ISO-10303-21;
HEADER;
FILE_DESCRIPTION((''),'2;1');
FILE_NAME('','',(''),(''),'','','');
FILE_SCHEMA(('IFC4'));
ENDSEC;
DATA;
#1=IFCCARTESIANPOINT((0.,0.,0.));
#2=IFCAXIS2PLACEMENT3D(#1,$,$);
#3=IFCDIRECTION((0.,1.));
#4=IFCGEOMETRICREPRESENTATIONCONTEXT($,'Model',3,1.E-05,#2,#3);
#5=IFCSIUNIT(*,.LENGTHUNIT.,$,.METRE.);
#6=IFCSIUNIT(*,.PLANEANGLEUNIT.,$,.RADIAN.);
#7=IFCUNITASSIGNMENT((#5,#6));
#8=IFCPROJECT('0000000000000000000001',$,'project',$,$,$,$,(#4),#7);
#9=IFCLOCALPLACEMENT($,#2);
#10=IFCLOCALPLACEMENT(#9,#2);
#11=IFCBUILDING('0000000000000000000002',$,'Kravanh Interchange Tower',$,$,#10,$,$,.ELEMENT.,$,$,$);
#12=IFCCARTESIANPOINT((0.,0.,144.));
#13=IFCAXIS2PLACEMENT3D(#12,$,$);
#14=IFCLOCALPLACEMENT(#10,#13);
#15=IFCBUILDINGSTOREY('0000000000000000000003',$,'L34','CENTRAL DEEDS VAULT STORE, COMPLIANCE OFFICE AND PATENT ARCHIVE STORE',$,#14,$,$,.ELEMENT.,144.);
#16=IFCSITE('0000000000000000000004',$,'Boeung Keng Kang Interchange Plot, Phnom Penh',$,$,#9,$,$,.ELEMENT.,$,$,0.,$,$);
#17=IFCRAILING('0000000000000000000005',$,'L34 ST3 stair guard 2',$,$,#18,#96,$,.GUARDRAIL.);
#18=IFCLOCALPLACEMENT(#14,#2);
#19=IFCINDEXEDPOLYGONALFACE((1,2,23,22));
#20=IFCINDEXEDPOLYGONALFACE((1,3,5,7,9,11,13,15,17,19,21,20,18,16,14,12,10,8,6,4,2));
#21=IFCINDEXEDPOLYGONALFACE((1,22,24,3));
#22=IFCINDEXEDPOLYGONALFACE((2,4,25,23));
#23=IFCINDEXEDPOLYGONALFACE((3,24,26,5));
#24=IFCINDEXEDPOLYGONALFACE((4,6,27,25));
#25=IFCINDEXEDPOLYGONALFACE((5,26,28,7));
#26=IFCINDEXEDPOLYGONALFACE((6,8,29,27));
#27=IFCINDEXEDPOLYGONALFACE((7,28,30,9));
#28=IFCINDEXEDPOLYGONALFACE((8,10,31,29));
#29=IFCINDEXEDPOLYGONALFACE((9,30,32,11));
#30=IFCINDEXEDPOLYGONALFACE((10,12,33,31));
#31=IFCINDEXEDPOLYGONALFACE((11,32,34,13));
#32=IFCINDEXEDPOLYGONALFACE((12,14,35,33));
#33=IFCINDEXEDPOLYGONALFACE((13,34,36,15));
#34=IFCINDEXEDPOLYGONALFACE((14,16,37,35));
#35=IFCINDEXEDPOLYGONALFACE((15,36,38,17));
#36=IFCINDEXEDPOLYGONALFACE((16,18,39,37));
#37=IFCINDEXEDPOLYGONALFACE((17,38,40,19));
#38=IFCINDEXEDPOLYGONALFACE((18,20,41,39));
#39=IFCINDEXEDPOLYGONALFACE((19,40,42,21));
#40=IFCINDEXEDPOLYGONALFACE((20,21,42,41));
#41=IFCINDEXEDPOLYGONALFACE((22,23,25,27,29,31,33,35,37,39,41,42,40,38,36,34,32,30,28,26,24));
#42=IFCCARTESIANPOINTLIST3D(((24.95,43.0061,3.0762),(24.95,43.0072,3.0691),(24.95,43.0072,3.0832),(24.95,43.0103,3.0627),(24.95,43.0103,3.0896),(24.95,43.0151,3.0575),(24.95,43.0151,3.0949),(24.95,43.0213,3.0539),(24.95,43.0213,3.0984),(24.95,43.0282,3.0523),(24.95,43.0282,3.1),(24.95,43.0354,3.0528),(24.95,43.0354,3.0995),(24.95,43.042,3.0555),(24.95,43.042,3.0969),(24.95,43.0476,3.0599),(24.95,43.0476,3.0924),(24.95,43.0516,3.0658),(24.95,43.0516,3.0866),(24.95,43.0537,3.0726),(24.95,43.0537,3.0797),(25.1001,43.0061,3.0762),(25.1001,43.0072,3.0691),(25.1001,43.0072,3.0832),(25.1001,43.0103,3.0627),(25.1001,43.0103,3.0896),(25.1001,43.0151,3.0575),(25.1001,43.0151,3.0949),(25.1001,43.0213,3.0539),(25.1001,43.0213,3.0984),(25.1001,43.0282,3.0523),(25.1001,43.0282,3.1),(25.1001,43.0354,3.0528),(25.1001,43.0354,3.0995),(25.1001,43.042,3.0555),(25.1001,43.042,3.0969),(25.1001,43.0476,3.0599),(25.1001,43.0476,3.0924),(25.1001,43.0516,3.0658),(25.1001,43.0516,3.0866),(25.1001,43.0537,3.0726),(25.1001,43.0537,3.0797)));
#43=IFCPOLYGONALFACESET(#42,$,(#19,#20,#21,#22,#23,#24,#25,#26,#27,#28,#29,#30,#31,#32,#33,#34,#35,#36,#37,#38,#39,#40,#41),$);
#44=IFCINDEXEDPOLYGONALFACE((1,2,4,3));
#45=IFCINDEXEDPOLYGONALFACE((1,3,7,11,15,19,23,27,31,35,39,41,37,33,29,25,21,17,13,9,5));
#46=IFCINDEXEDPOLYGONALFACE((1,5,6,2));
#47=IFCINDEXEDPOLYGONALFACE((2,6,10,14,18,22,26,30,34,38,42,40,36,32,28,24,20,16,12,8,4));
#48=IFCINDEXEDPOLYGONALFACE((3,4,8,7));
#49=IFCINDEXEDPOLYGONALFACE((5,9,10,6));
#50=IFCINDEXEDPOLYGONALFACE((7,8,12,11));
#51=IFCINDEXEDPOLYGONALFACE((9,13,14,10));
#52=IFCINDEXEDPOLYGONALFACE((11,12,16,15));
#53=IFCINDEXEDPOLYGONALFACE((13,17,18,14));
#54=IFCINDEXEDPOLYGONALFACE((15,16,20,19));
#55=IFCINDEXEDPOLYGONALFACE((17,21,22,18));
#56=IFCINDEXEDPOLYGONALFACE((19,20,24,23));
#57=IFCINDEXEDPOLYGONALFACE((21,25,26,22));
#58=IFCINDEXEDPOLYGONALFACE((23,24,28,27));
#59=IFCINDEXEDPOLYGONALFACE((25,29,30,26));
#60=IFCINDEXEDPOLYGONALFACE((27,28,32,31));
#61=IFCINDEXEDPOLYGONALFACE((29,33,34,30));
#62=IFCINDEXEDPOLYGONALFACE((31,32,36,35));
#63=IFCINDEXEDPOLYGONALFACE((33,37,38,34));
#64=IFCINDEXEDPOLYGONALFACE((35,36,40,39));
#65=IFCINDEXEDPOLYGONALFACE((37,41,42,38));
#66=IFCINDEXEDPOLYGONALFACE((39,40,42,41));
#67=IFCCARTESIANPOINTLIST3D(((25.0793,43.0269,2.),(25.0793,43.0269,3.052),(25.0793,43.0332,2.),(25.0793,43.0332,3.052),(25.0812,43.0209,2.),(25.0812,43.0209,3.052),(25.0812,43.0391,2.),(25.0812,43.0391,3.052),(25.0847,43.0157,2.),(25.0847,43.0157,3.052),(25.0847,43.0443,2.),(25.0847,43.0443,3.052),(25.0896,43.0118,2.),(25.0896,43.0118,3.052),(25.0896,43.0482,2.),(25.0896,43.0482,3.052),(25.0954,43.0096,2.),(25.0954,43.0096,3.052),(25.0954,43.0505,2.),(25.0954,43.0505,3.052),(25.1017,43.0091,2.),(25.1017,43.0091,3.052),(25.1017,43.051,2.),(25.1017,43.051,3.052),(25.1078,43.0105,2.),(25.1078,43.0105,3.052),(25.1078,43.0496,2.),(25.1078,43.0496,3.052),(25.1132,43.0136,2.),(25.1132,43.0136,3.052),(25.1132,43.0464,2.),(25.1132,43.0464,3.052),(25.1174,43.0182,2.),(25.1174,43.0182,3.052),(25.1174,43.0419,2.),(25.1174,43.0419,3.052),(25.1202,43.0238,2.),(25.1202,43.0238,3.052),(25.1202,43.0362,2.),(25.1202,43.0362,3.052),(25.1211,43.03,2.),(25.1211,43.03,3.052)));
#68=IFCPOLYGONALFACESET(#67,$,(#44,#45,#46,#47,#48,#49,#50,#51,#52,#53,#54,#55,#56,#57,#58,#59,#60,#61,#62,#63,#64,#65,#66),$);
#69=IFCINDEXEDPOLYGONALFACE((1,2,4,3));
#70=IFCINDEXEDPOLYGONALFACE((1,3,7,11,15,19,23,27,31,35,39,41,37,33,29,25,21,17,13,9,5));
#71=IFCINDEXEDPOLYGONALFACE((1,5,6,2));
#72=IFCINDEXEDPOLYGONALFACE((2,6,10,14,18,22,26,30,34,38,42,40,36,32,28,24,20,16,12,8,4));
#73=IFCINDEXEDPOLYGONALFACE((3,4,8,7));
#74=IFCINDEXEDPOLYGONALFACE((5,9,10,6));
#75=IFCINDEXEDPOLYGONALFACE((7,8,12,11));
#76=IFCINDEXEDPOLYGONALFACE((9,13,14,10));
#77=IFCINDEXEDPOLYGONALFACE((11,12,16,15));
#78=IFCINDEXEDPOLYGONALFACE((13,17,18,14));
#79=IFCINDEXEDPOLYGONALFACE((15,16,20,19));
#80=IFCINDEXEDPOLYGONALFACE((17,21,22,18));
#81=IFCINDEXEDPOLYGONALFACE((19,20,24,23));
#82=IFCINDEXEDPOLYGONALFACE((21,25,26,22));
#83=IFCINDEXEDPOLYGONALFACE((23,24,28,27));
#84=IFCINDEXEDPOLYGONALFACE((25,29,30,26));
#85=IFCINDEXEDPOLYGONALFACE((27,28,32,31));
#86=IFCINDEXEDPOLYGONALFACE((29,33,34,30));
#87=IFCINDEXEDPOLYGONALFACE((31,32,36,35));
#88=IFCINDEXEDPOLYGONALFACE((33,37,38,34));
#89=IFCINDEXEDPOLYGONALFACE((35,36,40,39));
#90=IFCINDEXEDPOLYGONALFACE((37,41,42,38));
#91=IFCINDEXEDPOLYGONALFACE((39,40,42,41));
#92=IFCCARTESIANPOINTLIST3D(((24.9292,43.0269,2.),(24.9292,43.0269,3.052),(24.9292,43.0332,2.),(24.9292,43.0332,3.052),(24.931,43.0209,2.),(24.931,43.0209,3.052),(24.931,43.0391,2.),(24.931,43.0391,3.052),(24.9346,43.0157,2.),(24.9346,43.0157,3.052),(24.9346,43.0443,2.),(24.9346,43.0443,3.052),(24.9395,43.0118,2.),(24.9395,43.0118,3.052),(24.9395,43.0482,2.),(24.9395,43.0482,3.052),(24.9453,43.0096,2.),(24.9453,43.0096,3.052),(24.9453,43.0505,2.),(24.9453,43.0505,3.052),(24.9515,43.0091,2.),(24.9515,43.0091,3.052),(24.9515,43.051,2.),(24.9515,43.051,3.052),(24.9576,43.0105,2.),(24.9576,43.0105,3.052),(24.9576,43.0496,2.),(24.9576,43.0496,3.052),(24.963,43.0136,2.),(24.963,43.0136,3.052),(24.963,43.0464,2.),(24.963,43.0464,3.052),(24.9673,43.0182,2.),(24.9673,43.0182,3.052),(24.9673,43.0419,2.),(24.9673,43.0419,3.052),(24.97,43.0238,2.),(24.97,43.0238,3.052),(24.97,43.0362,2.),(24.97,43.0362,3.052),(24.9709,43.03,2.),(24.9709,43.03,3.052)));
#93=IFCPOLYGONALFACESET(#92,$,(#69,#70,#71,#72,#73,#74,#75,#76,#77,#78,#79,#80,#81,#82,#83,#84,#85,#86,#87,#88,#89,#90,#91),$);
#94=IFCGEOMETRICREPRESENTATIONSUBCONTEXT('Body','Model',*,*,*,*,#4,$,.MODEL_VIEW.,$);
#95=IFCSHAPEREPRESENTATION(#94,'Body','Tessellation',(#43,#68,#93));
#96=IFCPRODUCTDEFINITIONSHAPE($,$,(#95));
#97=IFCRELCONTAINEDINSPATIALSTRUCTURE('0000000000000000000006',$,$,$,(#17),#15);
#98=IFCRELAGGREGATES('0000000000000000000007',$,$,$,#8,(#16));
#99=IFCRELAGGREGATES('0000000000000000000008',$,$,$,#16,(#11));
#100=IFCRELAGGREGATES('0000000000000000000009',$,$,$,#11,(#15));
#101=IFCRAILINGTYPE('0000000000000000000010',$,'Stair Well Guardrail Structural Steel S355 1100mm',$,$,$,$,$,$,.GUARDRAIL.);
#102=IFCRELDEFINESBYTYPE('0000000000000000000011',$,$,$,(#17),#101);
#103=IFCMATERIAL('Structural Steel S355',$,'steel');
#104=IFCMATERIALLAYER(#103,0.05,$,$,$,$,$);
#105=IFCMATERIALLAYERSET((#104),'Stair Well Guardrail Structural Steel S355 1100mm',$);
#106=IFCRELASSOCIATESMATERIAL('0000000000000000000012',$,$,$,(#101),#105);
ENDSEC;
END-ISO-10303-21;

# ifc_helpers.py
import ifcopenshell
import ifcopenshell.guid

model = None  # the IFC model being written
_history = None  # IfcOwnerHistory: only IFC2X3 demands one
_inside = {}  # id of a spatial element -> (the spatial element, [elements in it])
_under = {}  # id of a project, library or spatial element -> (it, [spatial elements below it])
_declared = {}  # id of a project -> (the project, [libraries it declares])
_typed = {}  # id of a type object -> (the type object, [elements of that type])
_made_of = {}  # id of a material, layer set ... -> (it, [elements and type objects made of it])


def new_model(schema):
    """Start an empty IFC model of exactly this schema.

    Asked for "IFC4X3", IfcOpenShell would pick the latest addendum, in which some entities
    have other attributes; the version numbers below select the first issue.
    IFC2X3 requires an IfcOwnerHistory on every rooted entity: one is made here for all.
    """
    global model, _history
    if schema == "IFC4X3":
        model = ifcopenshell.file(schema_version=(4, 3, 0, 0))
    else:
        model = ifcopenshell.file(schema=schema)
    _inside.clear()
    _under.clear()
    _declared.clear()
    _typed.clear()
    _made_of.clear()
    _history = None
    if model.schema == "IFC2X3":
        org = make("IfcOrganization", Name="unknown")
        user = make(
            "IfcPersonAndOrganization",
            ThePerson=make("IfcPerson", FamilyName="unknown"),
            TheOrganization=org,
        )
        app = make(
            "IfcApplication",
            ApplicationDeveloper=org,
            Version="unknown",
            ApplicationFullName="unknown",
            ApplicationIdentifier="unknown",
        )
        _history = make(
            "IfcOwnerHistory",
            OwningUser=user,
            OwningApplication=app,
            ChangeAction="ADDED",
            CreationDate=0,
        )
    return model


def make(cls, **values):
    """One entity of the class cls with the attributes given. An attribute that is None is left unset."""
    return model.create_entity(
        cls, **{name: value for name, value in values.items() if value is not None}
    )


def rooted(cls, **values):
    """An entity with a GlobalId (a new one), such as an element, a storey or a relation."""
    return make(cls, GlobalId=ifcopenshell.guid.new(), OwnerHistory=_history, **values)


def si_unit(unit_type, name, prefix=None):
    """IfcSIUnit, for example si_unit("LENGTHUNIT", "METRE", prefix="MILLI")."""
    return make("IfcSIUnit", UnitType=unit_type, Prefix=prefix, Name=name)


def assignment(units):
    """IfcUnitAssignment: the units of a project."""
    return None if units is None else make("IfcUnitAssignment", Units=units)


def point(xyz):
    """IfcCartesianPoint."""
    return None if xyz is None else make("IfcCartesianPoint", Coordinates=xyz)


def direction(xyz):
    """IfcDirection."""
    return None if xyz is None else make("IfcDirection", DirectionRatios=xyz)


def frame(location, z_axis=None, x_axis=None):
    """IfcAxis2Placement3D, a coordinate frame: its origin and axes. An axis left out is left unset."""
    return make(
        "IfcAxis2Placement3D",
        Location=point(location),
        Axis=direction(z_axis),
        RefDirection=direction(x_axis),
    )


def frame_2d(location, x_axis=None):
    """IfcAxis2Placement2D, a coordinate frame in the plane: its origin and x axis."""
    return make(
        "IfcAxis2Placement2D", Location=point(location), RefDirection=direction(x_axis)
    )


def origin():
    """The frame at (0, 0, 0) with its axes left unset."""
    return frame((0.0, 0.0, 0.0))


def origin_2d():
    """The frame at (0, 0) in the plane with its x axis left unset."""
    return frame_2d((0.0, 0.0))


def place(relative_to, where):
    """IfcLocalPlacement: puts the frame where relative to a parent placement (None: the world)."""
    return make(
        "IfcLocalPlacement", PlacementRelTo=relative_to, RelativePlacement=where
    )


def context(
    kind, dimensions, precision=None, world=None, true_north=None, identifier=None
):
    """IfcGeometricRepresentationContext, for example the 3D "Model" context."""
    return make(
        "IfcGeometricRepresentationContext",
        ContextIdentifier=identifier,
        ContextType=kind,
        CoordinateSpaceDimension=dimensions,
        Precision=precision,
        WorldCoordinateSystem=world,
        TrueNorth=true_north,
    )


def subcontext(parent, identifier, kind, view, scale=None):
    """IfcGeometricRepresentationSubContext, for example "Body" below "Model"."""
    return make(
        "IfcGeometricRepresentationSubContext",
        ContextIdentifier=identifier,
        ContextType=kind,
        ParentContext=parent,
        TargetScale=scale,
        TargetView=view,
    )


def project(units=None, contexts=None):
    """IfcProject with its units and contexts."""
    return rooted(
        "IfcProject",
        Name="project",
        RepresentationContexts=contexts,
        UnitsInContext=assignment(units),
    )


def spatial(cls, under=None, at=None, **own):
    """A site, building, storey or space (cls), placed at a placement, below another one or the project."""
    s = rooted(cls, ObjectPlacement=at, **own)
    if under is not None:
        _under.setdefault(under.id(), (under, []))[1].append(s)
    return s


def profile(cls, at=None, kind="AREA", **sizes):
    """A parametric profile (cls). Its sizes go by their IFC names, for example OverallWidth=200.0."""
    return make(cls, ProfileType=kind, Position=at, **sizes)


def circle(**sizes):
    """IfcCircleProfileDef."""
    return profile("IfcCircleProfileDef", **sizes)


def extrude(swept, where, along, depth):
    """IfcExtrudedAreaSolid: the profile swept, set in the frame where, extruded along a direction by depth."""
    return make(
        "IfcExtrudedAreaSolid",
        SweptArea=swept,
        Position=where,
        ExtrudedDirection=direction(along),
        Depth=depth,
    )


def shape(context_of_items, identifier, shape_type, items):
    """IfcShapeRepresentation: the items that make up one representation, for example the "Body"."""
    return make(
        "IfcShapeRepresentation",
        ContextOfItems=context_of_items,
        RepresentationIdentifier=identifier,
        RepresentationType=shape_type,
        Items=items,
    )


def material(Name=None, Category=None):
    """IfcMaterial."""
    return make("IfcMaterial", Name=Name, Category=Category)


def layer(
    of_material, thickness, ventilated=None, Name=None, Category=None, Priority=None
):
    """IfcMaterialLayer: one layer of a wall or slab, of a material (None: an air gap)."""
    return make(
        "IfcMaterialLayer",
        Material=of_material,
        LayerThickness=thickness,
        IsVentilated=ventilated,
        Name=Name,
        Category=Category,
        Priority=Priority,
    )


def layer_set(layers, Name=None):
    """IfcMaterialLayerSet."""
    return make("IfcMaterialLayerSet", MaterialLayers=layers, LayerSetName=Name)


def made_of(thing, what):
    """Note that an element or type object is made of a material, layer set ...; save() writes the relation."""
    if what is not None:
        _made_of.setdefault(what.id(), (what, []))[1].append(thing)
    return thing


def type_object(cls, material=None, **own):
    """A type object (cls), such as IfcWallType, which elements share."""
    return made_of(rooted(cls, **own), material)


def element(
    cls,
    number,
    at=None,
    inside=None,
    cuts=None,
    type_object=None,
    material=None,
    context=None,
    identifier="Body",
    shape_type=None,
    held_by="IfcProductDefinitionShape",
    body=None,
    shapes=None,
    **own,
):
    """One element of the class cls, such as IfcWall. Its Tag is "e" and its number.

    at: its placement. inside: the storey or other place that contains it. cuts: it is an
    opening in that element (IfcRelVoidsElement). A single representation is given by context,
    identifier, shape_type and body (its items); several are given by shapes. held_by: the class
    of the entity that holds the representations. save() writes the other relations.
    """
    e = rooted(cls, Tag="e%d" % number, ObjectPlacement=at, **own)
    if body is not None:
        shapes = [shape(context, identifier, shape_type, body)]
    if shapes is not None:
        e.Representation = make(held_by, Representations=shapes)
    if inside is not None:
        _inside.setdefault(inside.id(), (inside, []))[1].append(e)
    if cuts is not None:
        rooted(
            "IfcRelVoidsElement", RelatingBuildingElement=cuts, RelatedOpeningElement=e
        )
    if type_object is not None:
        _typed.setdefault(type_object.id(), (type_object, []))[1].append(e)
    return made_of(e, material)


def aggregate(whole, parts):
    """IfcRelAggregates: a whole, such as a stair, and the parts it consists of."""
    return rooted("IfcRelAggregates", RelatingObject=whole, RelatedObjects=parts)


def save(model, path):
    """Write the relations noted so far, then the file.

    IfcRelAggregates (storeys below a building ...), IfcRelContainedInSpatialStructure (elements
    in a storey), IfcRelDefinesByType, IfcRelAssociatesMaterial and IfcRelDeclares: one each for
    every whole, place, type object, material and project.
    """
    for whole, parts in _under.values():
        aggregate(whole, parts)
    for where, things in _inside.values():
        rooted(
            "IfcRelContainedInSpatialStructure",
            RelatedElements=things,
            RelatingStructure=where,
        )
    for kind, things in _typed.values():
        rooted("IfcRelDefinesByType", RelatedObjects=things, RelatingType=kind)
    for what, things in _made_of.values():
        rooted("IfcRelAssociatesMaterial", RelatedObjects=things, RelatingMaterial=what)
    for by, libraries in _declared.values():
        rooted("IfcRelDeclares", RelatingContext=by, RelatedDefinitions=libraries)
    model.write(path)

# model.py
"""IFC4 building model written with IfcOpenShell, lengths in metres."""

from ifc_helpers import new_model, si_unit, direction, frame, origin, origin_2d, place, context, subcontext, project, spatial, circle, extrude, material, layer, layer_set, type_object, element, save


model = new_model("IFC4")

# Units and contexts
model_context = context("Model", 3, precision=1e-05, world=origin(), true_north=direction((0.0, 1.0)))
body_context = subcontext(model_context, "Body", "Model", "MODEL_VIEW")
ifc_project = project(units=[si_unit("LENGTHUNIT", "METRE"), si_unit("PLANEANGLEUNIT", "RADIAN")], contexts=[model_context])

# Site, building, storey
site_placement = place(None, origin())
site = spatial("IfcSite", under=ifc_project, at=site_placement, Name="Boeung Keng Kang Interchange Plot, Phnom Penh", CompositionType="ELEMENT", RefElevation=0.0)
building_placement = place(site_placement, origin())
building = spatial("IfcBuilding", under=site, at=building_placement, Name="Kravanh Interchange Tower", CompositionType="ELEMENT")
storey_placement = place(building_placement, frame((0.0, 0.0, 144.0)))
storey = spatial("IfcBuildingStorey", under=building, at=storey_placement, Name="L34", Description="CENTRAL DEEDS VAULT STORE, COMPLIANCE OFFICE AND PATENT ARCHIVE STORE", CompositionType="ELEMENT", Elevation=144.0)

# Railing
ifc_material_1 = material(Name="Structural Steel S355", Category="steel")
ifc_layer_1 = layer(ifc_material_1, 0.05)
ifc_layer_set_1 = layer_set([ifc_layer_1], Name="Stair Well Guardrail Structural Steel S355 1100mm")
railing_type_1 = type_object("IfcRailingType", Name="Stair Well Guardrail Structural Steel S355 1100mm", PredefinedType="GUARDRAIL", material=ifc_layer_set_1)
railing_1_placement = place(storey_placement, frame((25.1001, 43.03, 2.0)))
element("IfcRailing", 1, at=railing_1_placement, inside=storey, type_object=railing_type_1, Name="L34 ST3 stair guard 2", PredefinedType="GUARDRAIL", context=body_context, shape_type="SweptSolid", body=[
    extrude(circle(Radius=0.0239, at=origin_2d()), frame((0.0, 0.0, 1.0762), z_axis=(-1.0, 0.0, 0.0), x_axis=(0.0, -1.0, 0.0)), (0.0, 0.0, 1.0), 0.1501),
    extrude(circle(Radius=0.021, at=origin_2d()), origin(), (0.0, 0.0, 1.0), 1.052),
    extrude(circle(Radius=0.021, at=origin_2d()), frame((-0.1501, 0.0, 0.0)), (0.0, 0.0, 1.0), 1.052),
])

save(model, "model.ifc")
